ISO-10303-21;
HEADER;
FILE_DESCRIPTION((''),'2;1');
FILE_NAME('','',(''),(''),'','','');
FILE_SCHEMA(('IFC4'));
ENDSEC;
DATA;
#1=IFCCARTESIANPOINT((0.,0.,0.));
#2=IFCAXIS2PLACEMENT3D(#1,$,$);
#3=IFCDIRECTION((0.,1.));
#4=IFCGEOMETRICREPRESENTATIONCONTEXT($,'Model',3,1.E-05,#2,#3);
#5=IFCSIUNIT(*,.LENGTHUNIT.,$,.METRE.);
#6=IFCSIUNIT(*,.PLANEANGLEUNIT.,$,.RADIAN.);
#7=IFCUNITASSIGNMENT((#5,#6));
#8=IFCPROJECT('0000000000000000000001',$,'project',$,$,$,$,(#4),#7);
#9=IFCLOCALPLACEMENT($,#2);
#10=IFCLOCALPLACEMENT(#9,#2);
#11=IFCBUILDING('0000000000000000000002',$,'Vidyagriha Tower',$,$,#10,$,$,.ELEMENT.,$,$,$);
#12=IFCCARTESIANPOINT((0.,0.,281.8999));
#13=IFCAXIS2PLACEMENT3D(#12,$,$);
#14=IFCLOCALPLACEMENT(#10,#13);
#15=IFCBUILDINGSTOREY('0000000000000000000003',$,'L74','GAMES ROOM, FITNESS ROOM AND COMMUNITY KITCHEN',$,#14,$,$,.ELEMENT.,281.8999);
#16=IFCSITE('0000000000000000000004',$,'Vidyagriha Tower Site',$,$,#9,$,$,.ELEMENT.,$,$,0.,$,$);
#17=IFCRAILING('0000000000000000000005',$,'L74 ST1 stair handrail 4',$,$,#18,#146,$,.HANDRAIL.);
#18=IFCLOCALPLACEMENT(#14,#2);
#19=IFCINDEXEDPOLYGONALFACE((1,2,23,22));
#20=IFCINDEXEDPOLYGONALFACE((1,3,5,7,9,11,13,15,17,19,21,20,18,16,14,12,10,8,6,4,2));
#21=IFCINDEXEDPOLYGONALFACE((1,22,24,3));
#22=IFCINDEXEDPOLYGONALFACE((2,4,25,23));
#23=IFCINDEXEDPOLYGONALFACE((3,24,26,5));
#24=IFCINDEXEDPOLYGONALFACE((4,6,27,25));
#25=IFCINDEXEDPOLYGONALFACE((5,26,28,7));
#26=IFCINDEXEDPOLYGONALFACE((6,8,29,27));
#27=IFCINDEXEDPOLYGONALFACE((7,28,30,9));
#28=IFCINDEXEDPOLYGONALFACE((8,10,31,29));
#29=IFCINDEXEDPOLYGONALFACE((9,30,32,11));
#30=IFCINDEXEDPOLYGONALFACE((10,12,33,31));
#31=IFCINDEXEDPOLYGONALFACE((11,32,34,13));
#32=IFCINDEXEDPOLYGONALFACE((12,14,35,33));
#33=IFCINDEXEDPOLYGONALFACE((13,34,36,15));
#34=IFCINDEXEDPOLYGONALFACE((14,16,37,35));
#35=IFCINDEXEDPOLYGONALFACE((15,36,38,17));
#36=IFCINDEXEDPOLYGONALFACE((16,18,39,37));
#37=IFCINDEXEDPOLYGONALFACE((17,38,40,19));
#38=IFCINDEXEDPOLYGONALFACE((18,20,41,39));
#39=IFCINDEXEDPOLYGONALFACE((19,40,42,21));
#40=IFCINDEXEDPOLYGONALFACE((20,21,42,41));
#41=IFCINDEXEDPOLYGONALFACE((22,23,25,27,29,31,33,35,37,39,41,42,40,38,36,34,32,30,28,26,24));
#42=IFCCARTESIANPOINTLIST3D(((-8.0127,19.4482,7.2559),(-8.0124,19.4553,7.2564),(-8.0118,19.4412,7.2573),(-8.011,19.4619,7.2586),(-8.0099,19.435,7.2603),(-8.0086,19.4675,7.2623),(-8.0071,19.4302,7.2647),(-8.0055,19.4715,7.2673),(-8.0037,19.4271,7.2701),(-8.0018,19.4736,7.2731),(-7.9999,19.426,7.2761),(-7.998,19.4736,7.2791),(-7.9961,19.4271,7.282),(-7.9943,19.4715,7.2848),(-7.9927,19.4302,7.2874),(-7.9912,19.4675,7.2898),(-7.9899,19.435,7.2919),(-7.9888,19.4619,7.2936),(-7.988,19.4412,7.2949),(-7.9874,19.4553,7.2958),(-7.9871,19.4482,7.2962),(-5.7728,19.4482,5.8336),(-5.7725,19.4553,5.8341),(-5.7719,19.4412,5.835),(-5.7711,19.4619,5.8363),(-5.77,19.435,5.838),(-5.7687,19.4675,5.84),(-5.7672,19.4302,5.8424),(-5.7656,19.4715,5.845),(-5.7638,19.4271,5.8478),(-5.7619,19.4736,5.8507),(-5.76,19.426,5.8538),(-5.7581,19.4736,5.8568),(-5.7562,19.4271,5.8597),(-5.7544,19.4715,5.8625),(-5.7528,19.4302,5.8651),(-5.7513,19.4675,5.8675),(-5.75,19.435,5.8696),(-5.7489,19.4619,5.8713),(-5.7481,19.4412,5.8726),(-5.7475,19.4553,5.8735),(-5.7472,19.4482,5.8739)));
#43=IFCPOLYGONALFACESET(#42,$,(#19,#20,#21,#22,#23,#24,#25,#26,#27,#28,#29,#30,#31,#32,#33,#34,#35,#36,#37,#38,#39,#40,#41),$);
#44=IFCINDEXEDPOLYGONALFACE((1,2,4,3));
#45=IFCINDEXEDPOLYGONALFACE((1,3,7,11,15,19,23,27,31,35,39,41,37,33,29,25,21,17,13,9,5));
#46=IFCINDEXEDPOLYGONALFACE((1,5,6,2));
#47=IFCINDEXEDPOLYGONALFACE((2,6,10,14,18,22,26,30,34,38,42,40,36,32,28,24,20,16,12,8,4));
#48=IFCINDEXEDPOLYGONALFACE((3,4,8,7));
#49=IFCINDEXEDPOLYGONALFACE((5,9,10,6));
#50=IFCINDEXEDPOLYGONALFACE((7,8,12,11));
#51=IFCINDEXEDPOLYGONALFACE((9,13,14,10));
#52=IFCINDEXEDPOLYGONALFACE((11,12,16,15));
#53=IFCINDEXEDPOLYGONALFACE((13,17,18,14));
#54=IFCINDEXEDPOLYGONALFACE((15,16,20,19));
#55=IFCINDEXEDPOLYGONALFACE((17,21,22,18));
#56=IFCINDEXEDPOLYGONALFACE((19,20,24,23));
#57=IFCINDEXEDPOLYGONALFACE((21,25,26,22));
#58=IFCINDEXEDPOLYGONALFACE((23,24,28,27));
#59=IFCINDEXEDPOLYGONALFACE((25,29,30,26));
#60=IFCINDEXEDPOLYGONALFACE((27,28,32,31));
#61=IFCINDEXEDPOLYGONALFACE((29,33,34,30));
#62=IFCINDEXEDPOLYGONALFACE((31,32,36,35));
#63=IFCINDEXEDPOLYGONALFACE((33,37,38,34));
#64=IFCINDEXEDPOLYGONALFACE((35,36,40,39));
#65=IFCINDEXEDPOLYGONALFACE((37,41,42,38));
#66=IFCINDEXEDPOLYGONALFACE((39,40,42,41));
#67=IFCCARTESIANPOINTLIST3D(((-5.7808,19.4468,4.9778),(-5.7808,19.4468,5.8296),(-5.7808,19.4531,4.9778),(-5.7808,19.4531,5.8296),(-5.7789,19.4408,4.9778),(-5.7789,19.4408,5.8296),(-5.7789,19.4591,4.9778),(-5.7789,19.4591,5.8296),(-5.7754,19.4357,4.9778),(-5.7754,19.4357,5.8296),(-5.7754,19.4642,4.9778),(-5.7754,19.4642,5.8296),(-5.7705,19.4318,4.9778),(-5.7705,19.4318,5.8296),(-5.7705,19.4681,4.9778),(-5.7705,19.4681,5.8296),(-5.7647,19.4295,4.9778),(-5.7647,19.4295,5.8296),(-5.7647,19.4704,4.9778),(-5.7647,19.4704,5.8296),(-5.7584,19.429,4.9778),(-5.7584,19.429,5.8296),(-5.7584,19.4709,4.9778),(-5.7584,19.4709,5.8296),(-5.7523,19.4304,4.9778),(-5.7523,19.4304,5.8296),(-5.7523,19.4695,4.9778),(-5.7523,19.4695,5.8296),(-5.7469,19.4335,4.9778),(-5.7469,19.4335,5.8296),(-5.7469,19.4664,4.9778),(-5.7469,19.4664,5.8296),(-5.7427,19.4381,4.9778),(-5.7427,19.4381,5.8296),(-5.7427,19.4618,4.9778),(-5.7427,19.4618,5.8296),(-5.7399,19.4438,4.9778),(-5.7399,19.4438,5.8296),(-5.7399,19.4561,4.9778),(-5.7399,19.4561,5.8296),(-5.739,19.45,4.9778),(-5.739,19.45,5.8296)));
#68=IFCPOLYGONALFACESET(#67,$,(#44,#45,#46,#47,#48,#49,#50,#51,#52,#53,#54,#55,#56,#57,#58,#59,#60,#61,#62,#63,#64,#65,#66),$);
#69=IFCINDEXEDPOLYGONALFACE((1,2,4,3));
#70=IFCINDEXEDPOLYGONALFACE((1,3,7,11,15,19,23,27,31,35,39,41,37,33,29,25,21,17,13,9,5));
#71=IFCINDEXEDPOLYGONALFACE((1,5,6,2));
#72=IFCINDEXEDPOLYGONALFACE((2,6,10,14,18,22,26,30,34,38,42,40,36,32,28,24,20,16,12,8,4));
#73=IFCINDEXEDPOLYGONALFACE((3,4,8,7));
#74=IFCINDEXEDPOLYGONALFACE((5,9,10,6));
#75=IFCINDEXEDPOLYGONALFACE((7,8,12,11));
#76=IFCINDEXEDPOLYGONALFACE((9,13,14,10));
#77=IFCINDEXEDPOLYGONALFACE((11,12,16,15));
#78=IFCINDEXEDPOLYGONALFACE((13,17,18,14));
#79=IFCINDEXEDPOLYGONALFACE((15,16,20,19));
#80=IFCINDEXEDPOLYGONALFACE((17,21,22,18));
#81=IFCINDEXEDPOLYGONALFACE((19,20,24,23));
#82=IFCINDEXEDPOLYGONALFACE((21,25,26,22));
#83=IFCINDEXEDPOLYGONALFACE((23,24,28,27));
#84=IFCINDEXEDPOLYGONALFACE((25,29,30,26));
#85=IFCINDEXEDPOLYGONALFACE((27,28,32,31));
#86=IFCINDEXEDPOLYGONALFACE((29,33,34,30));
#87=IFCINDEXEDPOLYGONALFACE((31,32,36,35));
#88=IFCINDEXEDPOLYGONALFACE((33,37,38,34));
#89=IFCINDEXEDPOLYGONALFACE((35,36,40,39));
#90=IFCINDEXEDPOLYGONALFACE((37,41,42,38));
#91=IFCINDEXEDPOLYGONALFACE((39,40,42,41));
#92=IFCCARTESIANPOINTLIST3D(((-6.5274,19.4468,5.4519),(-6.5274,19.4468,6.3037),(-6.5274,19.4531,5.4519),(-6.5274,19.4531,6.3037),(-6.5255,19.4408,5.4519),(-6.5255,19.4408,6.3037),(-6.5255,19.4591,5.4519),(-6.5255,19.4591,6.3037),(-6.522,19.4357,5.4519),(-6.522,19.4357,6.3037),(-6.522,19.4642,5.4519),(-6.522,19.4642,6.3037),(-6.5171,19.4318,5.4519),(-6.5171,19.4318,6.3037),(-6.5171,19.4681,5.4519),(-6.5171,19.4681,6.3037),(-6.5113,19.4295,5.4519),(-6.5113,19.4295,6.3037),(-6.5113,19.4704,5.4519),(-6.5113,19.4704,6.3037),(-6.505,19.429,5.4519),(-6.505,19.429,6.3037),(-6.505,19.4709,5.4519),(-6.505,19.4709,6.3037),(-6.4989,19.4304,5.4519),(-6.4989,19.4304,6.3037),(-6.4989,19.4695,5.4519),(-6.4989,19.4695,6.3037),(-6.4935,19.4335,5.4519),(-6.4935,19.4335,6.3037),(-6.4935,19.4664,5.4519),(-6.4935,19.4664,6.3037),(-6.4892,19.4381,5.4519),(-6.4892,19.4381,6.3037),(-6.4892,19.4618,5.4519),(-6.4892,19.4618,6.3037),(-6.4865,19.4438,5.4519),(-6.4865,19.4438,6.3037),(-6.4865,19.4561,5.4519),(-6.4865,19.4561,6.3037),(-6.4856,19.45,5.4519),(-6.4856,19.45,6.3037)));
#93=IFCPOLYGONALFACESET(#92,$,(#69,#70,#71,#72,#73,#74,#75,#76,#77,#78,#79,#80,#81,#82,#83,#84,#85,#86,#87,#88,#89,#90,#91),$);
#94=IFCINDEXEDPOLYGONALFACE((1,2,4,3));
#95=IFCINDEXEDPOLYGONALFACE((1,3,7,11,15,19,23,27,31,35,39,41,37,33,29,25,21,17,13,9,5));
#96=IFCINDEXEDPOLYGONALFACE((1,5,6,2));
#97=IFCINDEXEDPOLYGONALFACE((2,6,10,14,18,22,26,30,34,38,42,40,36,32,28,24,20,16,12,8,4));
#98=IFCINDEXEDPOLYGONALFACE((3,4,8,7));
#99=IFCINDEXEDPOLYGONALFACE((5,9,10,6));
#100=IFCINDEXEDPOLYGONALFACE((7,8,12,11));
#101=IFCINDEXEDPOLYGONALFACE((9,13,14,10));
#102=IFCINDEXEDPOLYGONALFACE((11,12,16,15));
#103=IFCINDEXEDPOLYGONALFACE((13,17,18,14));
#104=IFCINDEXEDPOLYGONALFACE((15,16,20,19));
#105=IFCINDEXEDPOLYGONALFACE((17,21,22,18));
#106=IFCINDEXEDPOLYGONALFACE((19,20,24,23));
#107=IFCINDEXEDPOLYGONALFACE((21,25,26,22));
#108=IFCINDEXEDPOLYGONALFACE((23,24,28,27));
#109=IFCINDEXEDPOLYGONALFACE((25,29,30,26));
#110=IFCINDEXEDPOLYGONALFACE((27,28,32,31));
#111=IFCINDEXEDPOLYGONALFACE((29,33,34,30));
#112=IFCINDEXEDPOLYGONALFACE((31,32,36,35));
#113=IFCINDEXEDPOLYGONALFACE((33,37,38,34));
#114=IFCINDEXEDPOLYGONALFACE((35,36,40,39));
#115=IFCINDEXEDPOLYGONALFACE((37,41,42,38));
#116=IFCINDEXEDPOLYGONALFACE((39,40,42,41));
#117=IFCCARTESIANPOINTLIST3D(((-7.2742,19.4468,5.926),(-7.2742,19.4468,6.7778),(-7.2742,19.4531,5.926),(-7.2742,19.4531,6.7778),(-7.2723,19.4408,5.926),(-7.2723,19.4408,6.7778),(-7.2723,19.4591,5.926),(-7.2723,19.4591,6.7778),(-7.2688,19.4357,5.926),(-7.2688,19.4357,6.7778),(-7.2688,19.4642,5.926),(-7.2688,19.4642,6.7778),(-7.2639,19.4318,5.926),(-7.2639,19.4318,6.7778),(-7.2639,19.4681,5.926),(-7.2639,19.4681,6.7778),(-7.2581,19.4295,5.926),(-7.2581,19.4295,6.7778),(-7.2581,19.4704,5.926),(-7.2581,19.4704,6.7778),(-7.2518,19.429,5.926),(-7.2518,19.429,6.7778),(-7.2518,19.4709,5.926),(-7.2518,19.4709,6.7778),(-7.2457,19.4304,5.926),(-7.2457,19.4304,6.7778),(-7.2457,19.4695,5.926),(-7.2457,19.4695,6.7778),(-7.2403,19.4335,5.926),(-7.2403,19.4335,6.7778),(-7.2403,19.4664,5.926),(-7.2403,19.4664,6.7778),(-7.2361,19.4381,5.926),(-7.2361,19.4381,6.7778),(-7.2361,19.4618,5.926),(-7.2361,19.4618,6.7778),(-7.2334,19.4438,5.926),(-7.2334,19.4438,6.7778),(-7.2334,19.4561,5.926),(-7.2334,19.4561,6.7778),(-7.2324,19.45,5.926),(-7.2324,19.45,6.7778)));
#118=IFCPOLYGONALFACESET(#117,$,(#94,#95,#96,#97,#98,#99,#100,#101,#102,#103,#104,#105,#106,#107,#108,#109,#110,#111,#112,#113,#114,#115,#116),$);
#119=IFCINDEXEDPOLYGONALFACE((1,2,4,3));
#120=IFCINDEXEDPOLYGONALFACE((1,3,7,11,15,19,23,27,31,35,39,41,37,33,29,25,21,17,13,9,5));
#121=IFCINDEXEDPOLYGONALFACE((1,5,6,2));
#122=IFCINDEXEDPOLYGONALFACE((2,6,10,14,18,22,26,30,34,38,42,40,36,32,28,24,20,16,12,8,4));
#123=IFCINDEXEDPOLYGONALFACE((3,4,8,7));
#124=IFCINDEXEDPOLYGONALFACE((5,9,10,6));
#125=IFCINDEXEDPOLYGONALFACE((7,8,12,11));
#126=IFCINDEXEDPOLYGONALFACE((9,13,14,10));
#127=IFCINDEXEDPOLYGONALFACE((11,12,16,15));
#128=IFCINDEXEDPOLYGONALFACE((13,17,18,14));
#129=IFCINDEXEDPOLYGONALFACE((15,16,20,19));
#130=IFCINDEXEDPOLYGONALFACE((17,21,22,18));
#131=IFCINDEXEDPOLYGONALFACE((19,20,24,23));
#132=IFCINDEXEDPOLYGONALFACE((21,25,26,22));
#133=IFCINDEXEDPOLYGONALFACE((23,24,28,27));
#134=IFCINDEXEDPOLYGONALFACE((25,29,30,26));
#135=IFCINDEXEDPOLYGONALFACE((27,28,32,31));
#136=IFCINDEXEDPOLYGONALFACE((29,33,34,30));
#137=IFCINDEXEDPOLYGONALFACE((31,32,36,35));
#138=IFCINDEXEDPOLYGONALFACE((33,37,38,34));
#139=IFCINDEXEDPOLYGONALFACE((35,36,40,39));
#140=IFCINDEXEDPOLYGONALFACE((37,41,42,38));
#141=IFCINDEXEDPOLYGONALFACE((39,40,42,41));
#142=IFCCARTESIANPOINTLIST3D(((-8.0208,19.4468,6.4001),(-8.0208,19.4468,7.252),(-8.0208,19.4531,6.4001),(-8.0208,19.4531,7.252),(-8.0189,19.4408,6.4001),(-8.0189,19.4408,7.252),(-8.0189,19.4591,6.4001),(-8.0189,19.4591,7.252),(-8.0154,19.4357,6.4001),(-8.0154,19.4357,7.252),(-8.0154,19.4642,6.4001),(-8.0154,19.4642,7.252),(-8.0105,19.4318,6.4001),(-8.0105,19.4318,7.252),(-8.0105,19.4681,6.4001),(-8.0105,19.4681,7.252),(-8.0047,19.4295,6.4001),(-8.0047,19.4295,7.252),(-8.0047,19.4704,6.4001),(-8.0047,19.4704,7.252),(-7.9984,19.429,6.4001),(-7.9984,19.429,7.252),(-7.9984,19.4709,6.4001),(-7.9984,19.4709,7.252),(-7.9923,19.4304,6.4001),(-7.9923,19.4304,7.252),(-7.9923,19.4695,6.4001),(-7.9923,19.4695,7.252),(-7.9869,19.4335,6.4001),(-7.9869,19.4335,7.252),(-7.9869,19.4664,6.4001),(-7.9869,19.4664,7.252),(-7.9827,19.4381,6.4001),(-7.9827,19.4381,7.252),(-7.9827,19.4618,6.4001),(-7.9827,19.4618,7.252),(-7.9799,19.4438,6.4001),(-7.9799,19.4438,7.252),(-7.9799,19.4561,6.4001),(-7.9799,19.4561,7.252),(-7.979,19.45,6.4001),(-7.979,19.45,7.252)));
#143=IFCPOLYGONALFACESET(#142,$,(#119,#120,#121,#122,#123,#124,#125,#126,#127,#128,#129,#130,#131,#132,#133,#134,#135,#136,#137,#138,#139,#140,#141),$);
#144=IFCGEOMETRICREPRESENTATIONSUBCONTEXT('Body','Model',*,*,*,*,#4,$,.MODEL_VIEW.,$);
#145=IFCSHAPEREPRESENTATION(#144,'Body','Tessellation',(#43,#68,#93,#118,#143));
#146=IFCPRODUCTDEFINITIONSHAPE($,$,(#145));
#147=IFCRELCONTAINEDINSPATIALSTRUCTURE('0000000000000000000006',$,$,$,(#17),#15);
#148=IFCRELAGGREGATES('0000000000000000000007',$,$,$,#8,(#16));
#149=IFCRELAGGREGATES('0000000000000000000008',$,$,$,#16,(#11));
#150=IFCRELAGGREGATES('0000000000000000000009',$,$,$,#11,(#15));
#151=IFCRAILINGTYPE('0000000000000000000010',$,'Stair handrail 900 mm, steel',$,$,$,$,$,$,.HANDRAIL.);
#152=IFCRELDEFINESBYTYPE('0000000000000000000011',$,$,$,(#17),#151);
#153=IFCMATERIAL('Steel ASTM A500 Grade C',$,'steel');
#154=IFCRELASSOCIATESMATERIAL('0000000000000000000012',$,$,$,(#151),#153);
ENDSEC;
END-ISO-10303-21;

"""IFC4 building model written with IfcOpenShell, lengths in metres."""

from ifc_helpers import new_model, si_unit, direction, frame, origin, origin_2d, place, context, subcontext, project, spatial, circle, extrude, material, type_object, element, save


model = new_model("IFC4")

# Units and contexts
model_context = context("Model", 3, precision=1e-05, world=origin(), true_north=direction((0.0, 1.0)))
body_context = subcontext(model_context, "Body", "Model", "MODEL_VIEW")
ifc_project = project(units=[si_unit("LENGTHUNIT", "METRE"), si_unit("PLANEANGLEUNIT", "RADIAN")], contexts=[model_context])

# Site, building, storey
site_placement = place(None, origin())
site = spatial("IfcSite", under=ifc_project, at=site_placement, Name="Vidyagriha Tower Site", CompositionType="ELEMENT", RefElevation=0.0)
building_placement = place(site_placement, origin())
building = spatial("IfcBuilding", under=site, at=building_placement, Name="Vidyagriha Tower", CompositionType="ELEMENT")
storey_placement = place(building_placement, frame((0.0, 0.0, 281.8999)))
storey = spatial("IfcBuildingStorey", under=building, at=storey_placement, Name="L74", Description="GAMES ROOM, FITNESS ROOM AND COMMUNITY KITCHEN", CompositionType="ELEMENT", Elevation=281.8999)

# Railing
ifc_material_1 = material(Name="Steel ASTM A500 Grade C", Category="steel")
railing_type_1 = type_object("IfcRailingType", Name="Stair handrail 900 mm, steel", PredefinedType="HANDRAIL", material=ifc_material_1)
for number, where, name in (
    (1, (-5.76, 19.45, 4.9778), "L74 ST1 stair handrail 4"),
):
    element("IfcRailing", number, at=place(storey_placement, frame(where)), inside=storey, type_object=railing_type_1, Name=name, PredefinedType="HANDRAIL", context=body_context, shape_type="SweptSolid", body=[
        extrude(circle(Radius=0.0239, at=origin_2d()), frame((0.0, 0.0, 0.876), z_axis=(-0.844188, 0.0, 0.536048), x_axis=(0.0, -1.0, 0.0)), (0.0, 0.0, 1.0), 2.6533),
        extrude(circle(Radius=0.021, at=origin_2d()), origin(), (0.0, 0.0, 1.0), 0.8518),
        extrude(circle(Radius=0.021, at=origin_2d()), frame((-0.7466, 0.0, 0.4741)), (0.0, 0.0, 1.0), 0.8518),
        extrude(circle(Radius=0.021, at=origin_2d()), frame((-1.4934, 0.0, 0.9482)), (0.0, 0.0, 1.0), 0.8518),
        extrude(circle(Radius=0.021, at=origin_2d()), frame((-2.24, 0.0, 1.4224)), (0.0, 0.0, 1.0), 0.8518),
    ])

save(model, "model.ifc")
